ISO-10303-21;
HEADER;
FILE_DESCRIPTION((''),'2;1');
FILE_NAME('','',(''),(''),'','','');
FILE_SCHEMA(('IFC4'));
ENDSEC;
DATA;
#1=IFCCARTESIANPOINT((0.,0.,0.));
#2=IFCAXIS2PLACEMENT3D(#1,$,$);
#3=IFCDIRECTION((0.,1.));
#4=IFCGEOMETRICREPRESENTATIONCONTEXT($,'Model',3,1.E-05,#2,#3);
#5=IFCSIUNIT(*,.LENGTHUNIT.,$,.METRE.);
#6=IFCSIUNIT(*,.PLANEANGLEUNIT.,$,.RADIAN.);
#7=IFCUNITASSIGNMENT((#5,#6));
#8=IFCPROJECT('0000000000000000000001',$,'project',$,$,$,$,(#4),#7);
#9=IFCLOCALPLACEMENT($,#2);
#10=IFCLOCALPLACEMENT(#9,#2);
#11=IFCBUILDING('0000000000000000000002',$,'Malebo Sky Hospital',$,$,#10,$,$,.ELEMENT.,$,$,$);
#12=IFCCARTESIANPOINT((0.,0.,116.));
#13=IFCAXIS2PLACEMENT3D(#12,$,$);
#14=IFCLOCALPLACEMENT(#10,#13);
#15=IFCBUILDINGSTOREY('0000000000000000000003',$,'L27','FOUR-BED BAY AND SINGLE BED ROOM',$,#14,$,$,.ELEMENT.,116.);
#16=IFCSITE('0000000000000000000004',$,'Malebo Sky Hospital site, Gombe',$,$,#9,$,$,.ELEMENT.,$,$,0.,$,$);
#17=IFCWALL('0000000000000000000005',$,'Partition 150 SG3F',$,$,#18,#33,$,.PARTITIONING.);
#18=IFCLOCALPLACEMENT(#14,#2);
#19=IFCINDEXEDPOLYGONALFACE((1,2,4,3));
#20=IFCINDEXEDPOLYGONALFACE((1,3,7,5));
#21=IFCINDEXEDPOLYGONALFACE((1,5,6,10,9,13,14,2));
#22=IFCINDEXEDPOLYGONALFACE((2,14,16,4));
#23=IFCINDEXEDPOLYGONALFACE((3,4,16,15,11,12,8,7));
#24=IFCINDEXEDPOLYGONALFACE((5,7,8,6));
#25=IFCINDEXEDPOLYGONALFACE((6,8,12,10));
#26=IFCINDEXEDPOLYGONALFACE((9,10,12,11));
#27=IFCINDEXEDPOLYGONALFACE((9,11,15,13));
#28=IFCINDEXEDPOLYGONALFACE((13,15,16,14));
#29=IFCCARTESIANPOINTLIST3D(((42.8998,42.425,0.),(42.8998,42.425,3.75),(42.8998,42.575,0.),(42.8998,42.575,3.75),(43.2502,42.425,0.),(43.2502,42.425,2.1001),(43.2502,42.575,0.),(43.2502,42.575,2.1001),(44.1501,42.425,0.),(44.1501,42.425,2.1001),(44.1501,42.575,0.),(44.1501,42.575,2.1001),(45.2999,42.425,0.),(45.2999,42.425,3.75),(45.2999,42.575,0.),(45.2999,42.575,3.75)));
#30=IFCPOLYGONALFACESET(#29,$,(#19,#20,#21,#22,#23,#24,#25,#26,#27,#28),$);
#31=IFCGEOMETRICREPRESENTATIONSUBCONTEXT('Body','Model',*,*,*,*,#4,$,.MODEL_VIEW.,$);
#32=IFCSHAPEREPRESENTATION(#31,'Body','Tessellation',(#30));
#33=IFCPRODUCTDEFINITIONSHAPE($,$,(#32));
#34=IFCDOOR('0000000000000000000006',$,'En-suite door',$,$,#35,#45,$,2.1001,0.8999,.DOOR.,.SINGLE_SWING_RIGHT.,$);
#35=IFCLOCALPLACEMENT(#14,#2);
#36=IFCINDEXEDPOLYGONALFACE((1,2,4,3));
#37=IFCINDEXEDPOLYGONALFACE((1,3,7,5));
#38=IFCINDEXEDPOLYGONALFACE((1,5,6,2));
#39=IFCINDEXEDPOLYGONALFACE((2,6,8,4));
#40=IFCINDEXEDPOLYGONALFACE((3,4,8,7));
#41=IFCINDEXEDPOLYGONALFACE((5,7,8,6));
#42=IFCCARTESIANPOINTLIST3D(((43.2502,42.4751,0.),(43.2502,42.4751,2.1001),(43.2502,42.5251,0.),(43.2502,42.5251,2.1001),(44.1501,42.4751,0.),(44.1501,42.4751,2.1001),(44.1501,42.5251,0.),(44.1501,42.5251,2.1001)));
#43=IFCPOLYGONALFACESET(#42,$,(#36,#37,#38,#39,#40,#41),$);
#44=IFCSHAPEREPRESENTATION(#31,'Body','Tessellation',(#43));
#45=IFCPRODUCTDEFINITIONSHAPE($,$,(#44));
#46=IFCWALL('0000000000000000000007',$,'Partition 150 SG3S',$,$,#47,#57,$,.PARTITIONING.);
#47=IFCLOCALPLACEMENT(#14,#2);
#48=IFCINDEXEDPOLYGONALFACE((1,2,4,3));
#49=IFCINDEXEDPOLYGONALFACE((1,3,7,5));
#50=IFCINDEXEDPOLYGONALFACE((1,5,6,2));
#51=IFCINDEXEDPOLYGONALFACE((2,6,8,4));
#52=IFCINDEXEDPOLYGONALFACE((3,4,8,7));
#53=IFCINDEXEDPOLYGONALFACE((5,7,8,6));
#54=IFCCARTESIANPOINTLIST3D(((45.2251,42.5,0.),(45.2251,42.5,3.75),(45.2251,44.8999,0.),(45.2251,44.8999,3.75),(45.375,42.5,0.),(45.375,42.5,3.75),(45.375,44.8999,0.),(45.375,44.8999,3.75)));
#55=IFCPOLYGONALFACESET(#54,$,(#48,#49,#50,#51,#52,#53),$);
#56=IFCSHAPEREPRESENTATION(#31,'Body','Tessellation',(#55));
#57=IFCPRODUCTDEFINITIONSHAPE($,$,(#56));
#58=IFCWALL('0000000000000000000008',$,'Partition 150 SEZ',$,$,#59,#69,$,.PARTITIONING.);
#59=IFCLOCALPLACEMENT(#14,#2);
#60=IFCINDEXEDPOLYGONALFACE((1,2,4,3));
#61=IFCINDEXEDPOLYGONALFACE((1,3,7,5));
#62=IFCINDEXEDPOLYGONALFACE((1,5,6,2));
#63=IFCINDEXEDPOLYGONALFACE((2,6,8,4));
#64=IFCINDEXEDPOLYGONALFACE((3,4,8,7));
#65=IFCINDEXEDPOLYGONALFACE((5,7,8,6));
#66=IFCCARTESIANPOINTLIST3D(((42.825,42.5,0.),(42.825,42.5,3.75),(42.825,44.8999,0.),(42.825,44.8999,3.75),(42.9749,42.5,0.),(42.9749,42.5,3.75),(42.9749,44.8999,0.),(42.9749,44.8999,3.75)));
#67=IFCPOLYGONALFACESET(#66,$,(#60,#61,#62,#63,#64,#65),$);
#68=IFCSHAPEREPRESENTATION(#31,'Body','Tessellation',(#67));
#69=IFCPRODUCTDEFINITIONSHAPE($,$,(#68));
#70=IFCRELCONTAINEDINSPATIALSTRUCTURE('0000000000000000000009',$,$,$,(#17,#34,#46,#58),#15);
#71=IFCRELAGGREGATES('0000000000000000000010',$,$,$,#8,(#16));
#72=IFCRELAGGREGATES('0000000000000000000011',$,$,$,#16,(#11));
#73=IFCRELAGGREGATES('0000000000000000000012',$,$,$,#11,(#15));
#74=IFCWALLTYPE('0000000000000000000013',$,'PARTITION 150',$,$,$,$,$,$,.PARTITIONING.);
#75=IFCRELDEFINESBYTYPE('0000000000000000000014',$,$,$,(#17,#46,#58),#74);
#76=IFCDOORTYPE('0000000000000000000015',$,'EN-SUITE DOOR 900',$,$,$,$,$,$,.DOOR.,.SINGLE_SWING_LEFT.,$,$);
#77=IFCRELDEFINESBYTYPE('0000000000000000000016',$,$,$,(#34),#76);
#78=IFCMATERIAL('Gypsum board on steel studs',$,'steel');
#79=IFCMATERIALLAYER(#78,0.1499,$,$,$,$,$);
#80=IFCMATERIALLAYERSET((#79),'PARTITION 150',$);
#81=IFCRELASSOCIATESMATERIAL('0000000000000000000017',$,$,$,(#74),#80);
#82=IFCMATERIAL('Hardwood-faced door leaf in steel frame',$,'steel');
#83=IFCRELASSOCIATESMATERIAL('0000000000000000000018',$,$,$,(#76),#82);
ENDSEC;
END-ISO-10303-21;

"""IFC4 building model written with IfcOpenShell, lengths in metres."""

from ifc_helpers import new_model, si_unit, direction, frame, frame_2d, origin, place, context, subcontext, project, spatial, rectangle, extrude, material, layer, layer_set, type_object, element, fill, save


model = new_model("IFC4")

# Units and contexts
model_context = context("Model", 3, precision=1e-05, world=origin(), true_north=direction((0.0, 1.0)))
body_context = subcontext(model_context, "Body", "Model", "MODEL_VIEW")
ifc_project = project(units=[si_unit("LENGTHUNIT", "METRE"), si_unit("PLANEANGLEUNIT", "RADIAN")], contexts=[model_context])

# Site, building, storey
site_placement = place(None, origin())
site = spatial("IfcSite", under=ifc_project, at=site_placement, Name="Malebo Sky Hospital site, Gombe", CompositionType="ELEMENT", RefElevation=0.0)
building_placement = place(site_placement, origin())
building = spatial("IfcBuilding", under=site, at=building_placement, Name="Malebo Sky Hospital", CompositionType="ELEMENT")
storey_placement = place(building_placement, frame((0.0, 0.0, 116.0)))
storey = spatial("IfcBuildingStorey", under=building, at=storey_placement, Name="L27", Description="FOUR-BED BAY AND SINGLE BED ROOM", CompositionType="ELEMENT", Elevation=116.0)

# Shared definitions
ifc_material_1 = material(Name="Gypsum board on steel studs", Category="steel")
ifc_material_2 = material(Name="Hardwood-faced door leaf in steel frame", Category="steel")

# Shared definitions
ifc_layer_1 = layer(ifc_material_1, 0.1499)
ifc_layer_set_1 = layer_set([ifc_layer_1], Name="PARTITION 150")
wall_type_1 = type_object("IfcWallType", Name="PARTITION 150", PredefinedType="PARTITIONING", material=ifc_layer_set_1)

# Wall, opening, door
door_type_1 = type_object("IfcDoorType", Name="EN-SUITE DOOR 900", OperationType="SINGLE_SWING_LEFT", PredefinedType="DOOR", material=ifc_material_2)
wall_1_placement = place(storey_placement, frame((45.3, 42.5, 0.0), z_axis=(0.0, 0.0, 1.0), x_axis=(-1.0, 0.0, 0.0)))
wall_1 = element("IfcWall", 1, at=wall_1_placement, inside=storey, type_object=wall_type_1, Name="Partition 150 SG3F", PredefinedType="PARTITIONING", context=body_context, shape_type="SweptSolid", body=[
    extrude(rectangle(XDim=2.4001, YDim=0.1499, at=frame_2d((1.2002, 0.0))), origin(), (0.0, 0.0, 1.0), 3.75),
])
opening_1_placement = place(wall_1_placement, frame((1.1499, 0.0, 0.0)))
opening_1 = element("IfcOpeningElement", 2, at=opening_1_placement, cuts=wall_1, PredefinedType="OPENING", context=body_context, shape_type="SweptSolid", body=[
    extrude(rectangle(XDim=0.8999, YDim=2.1001, at=frame_2d((0.45, 1.05))), frame((0.0, 0.085, 0.0), z_axis=(0.0, -1.0, 0.0), x_axis=(1.0, 0.0, 0.0)), (0.0, 0.0, 1.0), 0.1699),
])
door_1_placement = place(opening_1_placement, origin())
door_1 = element("IfcDoor", 3, at=door_1_placement, inside=storey, type_object=door_type_1, Name="En-suite door", OperationType="SINGLE_SWING_RIGHT", OverallHeight=2.1001, OverallWidth=0.8999, PredefinedType="DOOR", context=body_context, shape_type="SweptSolid", body=[
    extrude(rectangle(XDim=0.8999, YDim=2.1001, at=frame_2d((0.45, 1.05))), frame((0.0, 0.0249, 0.0), z_axis=(0.0, -1.0, 0.0), x_axis=(1.0, 0.0, 0.0)), (0.0, 0.0, 1.0), 0.05),
])
fill(opening_1, door_1)

# Walls
for number, where, z_axis, x_axis, name in (
    (4, (45.3, 44.8999, 0.0), (0.0, 0.0, 1.0), (0.0, -1.0, 0.0), "Partition 150 SG3S"),
    (5, (42.8999, 44.8999, 0.0), (0.0, 0.0, 1.0), (0.0, -1.0, 0.0), "Partition 150 SEZ"),
):
    element("IfcWall", number, at=place(storey_placement, frame(where, z_axis=z_axis, x_axis=x_axis)), inside=storey, type_object=wall_type_1, Name=name, PredefinedType="PARTITIONING", context=body_context, shape_type="SweptSolid", body=[
        extrude(rectangle(XDim=2.3999, YDim=0.1499, at=frame_2d((1.2, 0.0))), origin(), (0.0, 0.0, 1.0), 3.75),
    ])

save(model, "model.ifc")
